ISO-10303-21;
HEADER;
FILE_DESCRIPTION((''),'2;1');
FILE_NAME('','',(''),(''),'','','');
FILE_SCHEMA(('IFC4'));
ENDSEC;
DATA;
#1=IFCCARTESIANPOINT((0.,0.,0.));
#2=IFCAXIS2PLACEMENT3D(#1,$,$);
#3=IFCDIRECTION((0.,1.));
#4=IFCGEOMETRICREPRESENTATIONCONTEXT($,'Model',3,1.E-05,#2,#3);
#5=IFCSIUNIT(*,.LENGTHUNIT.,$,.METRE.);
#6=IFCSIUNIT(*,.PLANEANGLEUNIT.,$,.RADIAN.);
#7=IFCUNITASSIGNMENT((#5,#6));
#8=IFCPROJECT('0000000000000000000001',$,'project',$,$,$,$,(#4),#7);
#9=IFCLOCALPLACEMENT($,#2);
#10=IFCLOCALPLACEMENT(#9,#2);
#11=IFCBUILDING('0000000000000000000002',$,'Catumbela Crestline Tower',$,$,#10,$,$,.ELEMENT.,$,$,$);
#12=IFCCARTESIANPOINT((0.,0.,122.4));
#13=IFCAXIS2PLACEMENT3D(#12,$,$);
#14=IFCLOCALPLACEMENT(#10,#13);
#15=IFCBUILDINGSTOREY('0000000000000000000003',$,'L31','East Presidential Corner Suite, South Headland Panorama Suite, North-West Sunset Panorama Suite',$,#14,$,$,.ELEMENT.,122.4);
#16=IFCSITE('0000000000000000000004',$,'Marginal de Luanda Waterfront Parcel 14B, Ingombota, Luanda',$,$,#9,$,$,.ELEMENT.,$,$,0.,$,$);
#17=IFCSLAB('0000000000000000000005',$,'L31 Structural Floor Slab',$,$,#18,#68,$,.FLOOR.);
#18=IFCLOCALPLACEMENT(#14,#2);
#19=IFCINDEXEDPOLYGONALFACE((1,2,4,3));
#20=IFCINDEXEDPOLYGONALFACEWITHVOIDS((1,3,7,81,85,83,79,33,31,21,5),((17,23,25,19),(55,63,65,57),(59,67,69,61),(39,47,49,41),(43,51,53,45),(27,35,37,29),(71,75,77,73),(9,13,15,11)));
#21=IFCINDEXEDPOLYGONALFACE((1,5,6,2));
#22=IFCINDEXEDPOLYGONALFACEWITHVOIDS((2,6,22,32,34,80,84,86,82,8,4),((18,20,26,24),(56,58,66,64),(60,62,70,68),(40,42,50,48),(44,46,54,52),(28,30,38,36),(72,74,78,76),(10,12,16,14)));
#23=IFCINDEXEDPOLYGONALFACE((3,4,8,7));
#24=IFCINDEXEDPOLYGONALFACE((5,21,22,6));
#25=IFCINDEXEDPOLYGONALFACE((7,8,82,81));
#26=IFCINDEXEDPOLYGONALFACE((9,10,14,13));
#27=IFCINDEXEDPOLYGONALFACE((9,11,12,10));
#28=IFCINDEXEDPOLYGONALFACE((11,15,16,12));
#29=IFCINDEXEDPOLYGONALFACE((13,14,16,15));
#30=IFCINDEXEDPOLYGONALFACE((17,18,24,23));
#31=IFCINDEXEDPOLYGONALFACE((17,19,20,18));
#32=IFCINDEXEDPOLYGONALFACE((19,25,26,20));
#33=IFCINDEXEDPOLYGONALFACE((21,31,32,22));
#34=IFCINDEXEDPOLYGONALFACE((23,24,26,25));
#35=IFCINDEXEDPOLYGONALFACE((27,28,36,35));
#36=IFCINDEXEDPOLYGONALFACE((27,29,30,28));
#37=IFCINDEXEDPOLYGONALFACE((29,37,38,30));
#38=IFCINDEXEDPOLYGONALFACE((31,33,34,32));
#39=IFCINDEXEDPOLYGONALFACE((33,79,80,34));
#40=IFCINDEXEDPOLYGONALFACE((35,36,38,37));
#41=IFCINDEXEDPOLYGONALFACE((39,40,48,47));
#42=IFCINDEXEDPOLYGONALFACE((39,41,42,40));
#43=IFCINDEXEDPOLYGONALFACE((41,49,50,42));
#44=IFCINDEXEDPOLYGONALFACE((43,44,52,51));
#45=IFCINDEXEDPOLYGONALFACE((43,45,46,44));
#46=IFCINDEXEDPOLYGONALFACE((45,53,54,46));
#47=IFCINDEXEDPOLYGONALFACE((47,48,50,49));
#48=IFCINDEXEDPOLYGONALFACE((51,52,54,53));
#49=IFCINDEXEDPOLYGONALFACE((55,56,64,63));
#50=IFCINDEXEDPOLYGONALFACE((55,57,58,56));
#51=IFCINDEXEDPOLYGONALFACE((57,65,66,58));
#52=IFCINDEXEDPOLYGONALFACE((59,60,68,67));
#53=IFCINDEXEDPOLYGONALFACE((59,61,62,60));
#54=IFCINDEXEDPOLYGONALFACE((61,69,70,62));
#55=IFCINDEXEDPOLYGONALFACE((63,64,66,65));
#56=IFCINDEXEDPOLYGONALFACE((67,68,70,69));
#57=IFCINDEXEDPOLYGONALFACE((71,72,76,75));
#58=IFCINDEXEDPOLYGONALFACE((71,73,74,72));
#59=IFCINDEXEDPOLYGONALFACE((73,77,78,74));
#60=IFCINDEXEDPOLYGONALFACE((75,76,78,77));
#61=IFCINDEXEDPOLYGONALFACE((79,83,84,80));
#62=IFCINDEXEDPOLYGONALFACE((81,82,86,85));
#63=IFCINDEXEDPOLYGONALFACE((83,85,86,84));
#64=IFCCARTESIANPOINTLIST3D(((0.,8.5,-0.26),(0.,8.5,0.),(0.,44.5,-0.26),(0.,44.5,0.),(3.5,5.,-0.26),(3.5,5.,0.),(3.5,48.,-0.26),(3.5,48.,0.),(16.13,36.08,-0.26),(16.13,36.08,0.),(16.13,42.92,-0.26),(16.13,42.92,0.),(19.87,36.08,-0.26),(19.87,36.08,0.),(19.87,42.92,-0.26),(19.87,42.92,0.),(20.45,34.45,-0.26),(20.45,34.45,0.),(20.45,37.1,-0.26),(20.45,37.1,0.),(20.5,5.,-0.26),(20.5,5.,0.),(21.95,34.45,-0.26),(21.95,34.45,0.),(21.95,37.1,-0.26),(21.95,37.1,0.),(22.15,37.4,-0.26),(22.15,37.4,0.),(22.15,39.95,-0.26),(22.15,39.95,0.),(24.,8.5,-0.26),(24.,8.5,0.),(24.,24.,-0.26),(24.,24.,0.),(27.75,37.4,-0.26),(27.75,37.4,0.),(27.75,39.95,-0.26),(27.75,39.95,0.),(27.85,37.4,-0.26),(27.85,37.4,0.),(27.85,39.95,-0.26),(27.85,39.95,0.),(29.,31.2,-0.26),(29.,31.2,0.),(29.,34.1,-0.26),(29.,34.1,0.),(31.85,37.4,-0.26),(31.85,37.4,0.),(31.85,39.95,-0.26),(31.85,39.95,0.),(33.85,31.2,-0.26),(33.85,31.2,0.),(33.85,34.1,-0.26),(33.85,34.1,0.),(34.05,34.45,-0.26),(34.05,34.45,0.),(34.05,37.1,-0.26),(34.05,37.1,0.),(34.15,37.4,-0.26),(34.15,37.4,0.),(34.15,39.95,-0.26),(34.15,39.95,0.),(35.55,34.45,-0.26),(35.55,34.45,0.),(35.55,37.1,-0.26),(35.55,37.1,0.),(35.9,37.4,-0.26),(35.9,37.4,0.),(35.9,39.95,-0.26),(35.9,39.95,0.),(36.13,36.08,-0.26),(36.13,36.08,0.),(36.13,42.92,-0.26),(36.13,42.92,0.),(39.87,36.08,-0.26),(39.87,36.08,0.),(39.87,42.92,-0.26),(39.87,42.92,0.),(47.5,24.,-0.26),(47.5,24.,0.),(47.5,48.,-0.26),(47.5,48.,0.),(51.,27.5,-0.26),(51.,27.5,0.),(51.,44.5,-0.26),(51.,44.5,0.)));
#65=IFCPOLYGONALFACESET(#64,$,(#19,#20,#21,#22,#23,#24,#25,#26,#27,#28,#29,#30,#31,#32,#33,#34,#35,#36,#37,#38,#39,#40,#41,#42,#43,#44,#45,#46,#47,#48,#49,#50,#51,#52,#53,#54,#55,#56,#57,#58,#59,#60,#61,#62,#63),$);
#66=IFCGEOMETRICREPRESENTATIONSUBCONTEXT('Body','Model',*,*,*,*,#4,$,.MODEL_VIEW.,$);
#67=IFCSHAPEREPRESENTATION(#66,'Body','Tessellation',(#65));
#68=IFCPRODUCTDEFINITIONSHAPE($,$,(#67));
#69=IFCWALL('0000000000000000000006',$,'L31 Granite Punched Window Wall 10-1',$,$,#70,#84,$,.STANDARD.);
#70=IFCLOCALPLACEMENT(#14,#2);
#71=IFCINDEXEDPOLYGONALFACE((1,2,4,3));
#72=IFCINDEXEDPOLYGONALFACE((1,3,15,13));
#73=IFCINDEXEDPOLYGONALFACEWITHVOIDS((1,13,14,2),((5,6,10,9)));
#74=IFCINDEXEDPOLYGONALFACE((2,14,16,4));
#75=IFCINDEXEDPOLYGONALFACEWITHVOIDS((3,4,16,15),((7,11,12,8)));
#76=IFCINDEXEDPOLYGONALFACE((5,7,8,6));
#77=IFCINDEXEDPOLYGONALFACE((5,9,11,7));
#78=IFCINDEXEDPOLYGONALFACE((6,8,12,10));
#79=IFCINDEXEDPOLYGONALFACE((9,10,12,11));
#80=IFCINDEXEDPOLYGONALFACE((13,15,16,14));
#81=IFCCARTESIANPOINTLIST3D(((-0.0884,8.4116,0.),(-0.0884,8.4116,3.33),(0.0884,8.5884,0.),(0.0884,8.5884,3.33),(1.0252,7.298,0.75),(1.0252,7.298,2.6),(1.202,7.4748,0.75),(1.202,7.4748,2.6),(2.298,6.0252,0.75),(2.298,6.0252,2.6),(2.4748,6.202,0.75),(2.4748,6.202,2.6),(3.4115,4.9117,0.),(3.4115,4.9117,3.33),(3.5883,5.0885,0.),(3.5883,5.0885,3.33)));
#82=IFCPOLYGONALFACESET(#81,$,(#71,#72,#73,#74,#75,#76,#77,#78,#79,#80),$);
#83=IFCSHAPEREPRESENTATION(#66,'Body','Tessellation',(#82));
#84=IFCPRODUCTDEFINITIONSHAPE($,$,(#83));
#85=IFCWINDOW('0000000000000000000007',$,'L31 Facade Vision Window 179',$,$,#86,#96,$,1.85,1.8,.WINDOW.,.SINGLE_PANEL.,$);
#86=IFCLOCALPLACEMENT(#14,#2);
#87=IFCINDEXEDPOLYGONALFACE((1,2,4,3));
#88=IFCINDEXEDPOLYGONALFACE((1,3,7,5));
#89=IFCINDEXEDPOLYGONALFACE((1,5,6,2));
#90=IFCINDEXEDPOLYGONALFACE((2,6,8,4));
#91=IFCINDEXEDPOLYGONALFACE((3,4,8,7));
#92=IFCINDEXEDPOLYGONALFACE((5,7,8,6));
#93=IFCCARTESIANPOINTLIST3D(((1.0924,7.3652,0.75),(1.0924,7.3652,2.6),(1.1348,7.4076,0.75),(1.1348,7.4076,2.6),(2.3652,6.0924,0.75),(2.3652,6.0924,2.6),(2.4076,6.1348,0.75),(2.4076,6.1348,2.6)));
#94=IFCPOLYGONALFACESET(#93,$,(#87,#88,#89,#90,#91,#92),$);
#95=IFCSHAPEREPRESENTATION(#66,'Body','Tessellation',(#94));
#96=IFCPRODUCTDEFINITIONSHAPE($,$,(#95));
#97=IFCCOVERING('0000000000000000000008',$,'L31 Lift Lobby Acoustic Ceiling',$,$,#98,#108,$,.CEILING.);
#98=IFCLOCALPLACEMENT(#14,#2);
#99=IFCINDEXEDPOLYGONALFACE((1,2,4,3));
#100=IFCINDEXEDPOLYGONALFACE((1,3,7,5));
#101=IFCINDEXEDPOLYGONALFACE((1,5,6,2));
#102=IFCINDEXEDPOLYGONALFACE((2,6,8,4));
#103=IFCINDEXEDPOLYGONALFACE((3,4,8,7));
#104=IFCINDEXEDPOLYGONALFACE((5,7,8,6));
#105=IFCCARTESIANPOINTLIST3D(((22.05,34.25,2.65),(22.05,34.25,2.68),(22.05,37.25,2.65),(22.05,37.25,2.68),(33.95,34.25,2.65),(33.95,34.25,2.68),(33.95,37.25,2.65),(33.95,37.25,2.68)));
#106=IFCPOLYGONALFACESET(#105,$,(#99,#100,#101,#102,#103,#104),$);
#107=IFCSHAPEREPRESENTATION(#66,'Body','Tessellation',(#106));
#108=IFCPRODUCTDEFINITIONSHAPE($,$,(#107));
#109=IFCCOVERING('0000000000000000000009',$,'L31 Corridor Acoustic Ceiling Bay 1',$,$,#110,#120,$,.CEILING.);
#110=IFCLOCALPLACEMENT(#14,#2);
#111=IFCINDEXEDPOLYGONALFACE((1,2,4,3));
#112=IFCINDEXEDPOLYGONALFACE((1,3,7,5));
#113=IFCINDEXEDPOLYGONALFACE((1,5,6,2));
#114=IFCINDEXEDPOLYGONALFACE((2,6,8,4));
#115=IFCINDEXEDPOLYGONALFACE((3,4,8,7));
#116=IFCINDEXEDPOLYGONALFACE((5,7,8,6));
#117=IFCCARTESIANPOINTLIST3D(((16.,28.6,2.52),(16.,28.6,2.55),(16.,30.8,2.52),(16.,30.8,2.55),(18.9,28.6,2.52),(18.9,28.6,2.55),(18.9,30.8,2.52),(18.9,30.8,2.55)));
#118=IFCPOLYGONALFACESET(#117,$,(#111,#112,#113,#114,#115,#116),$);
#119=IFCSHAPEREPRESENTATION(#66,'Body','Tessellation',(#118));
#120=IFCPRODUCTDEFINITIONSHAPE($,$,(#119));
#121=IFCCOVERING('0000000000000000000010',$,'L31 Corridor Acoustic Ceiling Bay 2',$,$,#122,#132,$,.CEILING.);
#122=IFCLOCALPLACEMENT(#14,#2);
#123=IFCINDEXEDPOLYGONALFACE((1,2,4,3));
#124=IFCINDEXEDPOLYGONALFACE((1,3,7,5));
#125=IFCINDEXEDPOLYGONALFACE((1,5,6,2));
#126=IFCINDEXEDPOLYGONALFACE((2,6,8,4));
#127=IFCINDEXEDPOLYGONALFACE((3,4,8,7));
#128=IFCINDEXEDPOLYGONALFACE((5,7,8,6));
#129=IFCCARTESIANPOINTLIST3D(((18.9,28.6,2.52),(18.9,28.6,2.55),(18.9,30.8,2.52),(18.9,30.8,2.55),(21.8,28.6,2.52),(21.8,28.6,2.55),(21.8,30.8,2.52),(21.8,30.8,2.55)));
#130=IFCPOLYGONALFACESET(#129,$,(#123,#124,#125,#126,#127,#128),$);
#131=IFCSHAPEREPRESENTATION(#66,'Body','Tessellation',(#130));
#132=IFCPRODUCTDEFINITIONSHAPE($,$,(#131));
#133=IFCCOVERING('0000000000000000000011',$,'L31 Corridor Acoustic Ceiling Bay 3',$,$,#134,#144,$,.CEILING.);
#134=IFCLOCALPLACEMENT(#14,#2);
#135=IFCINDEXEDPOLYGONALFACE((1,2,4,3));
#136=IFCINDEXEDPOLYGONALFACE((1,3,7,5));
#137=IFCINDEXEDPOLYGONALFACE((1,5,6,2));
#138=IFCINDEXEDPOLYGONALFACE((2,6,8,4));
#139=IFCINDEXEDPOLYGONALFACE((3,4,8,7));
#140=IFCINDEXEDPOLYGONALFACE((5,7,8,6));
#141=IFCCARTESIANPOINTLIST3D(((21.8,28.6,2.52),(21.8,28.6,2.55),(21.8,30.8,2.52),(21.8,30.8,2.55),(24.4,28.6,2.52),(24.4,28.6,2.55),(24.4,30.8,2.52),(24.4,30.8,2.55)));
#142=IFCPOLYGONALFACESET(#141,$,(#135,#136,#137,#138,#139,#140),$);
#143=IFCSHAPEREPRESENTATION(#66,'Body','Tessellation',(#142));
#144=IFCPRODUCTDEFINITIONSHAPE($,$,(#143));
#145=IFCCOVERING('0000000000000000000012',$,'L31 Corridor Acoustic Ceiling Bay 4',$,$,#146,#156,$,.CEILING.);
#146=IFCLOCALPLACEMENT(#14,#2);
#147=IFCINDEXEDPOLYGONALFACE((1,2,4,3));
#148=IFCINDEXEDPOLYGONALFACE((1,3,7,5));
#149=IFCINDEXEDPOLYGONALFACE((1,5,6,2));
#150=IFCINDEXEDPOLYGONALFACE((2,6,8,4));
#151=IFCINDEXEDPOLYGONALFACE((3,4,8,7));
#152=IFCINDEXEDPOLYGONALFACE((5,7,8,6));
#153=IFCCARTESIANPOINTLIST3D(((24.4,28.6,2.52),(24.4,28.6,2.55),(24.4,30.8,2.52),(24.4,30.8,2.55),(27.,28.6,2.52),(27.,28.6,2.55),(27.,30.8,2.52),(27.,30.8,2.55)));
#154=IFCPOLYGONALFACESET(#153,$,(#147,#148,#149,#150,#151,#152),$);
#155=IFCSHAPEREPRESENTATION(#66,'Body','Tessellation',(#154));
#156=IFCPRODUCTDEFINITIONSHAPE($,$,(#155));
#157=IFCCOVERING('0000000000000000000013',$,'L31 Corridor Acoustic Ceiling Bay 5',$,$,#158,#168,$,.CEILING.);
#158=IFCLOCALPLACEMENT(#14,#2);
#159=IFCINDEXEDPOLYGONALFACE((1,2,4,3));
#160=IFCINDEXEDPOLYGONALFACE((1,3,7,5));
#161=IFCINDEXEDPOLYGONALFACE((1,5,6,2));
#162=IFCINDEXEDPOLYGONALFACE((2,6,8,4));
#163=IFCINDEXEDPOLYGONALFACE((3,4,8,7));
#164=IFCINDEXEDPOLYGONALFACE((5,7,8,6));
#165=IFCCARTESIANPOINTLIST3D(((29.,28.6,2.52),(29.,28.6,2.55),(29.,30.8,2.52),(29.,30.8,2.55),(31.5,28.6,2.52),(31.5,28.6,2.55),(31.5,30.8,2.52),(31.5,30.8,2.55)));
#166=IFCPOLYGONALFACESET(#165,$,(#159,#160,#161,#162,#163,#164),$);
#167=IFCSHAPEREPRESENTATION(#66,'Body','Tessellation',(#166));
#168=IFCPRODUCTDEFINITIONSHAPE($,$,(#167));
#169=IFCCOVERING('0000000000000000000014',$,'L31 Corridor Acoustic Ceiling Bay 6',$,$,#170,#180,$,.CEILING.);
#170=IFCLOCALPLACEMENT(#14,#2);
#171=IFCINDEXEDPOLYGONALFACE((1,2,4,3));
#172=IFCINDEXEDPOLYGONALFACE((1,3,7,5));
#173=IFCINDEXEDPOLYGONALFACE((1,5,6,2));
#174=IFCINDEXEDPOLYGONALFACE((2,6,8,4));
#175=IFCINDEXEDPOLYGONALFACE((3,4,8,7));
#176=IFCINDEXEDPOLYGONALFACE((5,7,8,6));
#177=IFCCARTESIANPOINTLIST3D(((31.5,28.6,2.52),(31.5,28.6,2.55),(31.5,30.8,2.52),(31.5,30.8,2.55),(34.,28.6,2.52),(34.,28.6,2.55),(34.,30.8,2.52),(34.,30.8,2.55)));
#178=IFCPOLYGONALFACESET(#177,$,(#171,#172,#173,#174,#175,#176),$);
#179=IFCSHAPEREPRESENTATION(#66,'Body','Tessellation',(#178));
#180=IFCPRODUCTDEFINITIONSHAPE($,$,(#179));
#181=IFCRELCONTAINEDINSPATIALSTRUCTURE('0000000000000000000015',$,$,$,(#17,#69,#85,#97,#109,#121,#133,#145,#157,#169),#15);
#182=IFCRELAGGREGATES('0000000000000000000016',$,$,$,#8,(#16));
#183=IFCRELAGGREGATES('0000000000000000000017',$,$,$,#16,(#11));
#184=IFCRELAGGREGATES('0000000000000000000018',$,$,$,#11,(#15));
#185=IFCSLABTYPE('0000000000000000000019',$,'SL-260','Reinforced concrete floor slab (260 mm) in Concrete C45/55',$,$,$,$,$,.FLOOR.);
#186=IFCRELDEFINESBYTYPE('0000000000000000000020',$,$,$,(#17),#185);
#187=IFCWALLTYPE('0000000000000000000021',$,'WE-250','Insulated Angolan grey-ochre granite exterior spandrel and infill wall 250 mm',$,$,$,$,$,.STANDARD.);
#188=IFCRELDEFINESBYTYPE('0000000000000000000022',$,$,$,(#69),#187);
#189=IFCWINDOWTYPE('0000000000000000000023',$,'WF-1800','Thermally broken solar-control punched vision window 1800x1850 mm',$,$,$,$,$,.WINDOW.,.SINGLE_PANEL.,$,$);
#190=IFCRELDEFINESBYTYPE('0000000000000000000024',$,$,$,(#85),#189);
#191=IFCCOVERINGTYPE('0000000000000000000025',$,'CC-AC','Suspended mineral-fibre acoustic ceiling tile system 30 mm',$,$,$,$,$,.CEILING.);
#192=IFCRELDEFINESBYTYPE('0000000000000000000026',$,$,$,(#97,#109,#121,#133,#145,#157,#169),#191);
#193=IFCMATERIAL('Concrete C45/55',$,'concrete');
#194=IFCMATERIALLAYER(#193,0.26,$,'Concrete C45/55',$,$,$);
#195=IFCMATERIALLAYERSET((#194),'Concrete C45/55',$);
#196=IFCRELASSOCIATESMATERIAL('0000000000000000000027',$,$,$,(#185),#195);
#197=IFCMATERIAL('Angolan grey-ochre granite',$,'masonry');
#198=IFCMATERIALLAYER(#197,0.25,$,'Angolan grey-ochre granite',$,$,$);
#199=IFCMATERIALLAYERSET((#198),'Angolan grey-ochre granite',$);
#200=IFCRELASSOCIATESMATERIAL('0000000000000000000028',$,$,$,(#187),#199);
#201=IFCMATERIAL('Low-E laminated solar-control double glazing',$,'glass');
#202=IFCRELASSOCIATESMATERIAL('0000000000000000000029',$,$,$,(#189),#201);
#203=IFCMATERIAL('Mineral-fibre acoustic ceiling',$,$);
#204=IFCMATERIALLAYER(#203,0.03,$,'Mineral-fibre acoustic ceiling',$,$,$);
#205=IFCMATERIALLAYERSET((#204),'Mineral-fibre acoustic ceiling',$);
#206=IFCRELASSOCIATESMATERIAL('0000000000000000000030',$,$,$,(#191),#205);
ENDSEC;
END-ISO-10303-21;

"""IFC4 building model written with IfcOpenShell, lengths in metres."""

from ifc_helpers import new_model, si_unit, direction, frame, frame_2d, origin, place, context, subcontext, project, spatial, polyline, rectangle, outline, extrude, material, layer, layer_set, type_object, element, fill, save


model = new_model("IFC4")

# Units and contexts
model_context = context("Model", 3, precision=1e-05, world=origin(), true_north=direction((0.0, 1.0)))
body_context = subcontext(model_context, "Body", "Model", "MODEL_VIEW")
ifc_project = project(units=[si_unit("LENGTHUNIT", "METRE"), si_unit("PLANEANGLEUNIT", "RADIAN")], contexts=[model_context])

# Site, building, storey
site_placement = place(None, origin())
site = spatial("IfcSite", under=ifc_project, at=site_placement, Name="Marginal de Luanda Waterfront Parcel 14B, Ingombota, Luanda", CompositionType="ELEMENT", RefElevation=0.0)
building_placement = place(site_placement, origin())
building = spatial("IfcBuilding", under=site, at=building_placement, Name="Catumbela Crestline Tower", CompositionType="ELEMENT")
storey_placement = place(building_placement, frame((0.0, 0.0, 122.4)))
storey = spatial("IfcBuildingStorey", under=building, at=storey_placement, Name="L31", Description="East Presidential Corner Suite, South Headland Panorama Suite, North-West Sunset Panorama Suite", CompositionType="ELEMENT", Elevation=122.4)

# Shared definitions
ifc_material_1 = material(Name="Concrete C45/55", Category="concrete")

# Slab
ifc_layer_1 = layer(ifc_material_1, 0.26, Name="Concrete C45/55")
ifc_layer_set_1 = layer_set([ifc_layer_1], Name="Concrete C45/55")
slab_type_1 = type_object("IfcSlabType", Name="SL-260", Description="Reinforced concrete floor slab (260 mm) in Concrete C45/55", PredefinedType="FLOOR", material=ifc_layer_set_1)
slab_1_placement = place(storey_placement, frame((0.0, 0.0, -0.26)))
element("IfcSlab", 1, at=slab_1_placement, inside=storey, type_object=slab_type_1, Name="L31 Structural Floor Slab", PredefinedType="FLOOR", context=body_context, shape_type="SweptSolid", body=[
    extrude(outline(polyline([(3.5, 5.0), (20.5, 5.0), (24.0, 8.5), (24.0, 24.0), (47.5, 24.0), (51.0, 27.5), (51.0, 44.5), (47.5, 48.0), (3.5, 48.0), (0.0, 44.5), (0.0, 8.5), (3.5, 5.0)]), holes=[polyline([(16.13, 36.08), (19.87, 36.08), (19.87, 42.92), (16.13, 42.92), (16.13, 36.08)]), polyline([(36.13, 36.08), (39.87, 36.08), (39.87, 42.92), (36.13, 42.92), (36.13, 36.08)]), polyline([(29.0, 31.2), (33.85, 31.2), (33.85, 34.1), (29.0, 34.1), (29.0, 31.2)]), polyline([(22.15, 37.4), (27.75, 37.4), (27.75, 39.95), (22.15, 39.95), (22.15, 37.4)]), polyline([(27.85, 37.4), (31.85, 37.4), (31.85, 39.95), (27.85, 39.95), (27.85, 37.4)]), polyline([(20.45, 34.45), (21.95, 34.45), (21.95, 37.1), (20.45, 37.1), (20.45, 34.45)]), polyline([(34.05, 34.45), (35.55, 34.45), (35.55, 37.1), (34.05, 37.1), (34.05, 34.45)]), polyline([(34.15, 37.4), (35.9, 37.4), (35.9, 39.95), (34.15, 39.95), (34.15, 37.4)])]), origin(), (0.0, 0.0, 1.0), 0.26),
])

# Wall, opening, window
ifc_material_2 = material(Name="Angolan grey-ochre granite", Category="masonry")
ifc_layer_2 = layer(ifc_material_2, 0.25, Name="Angolan grey-ochre granite")
ifc_layer_set_2 = layer_set([ifc_layer_2], Name="Angolan grey-ochre granite")
wall_type = type_object("IfcWallType", Name="WE-250", Description="Insulated Angolan grey-ochre granite exterior spandrel and infill wall 250 mm", PredefinedType="STANDARD", material=ifc_layer_set_2)
wall_placement = place(storey_placement, frame((0.0, 8.5, 0.0), z_axis=(0.0, 0.0, 1.0), x_axis=(0.707107, -0.707107, 0.0)))
wall = element("IfcWall", 2, at=wall_placement, inside=storey, type_object=wall_type, Name="L31 Granite Punched Window Wall 10-1", PredefinedType="STANDARD", context=body_context, shape_type="SweptSolid", body=[
    extrude(rectangle(XDim=4.9497, YDim=0.25, at=frame_2d((2.4748, 0.0))), origin(), (0.0, 0.0, 1.0), 3.33),
])
opening_placement = place(wall_placement, frame((1.5749, 0.0, 0.75)))
opening = element("IfcOpeningElement", 3, at=opening_placement, cuts=wall, PredefinedType="OPENING", context=body_context, shape_type="SweptSolid", body=[
    extrude(rectangle(XDim=1.8, YDim=1.85, at=frame_2d((0.9, 0.925))), frame((0.0, 0.135, 0.0), z_axis=(0.0, -1.0, 0.0), x_axis=(1.0, 0.0, 0.0)), (0.0, 0.0, 1.0), 0.27),
])
ifc_material_3 = material(Name="Low-E laminated solar-control double glazing", Category="glass")
window_type = type_object("IfcWindowType", Name="WF-1800", Description="Thermally broken solar-control punched vision window 1800x1850 mm", PartitioningType="SINGLE_PANEL", PredefinedType="WINDOW", material=ifc_material_3)
window_placement = place(opening_placement, origin())
window = element("IfcWindow", 4, at=window_placement, inside=storey, type_object=window_type, Name="L31 Facade Vision Window 179", OverallHeight=1.85, OverallWidth=1.8, PartitioningType="SINGLE_PANEL", PredefinedType="WINDOW", context=body_context, shape_type="SweptSolid", body=[
    extrude(rectangle(XDim=1.8, YDim=1.85, at=frame_2d((0.9, 0.925))), frame((0.0, 0.03, 0.0), z_axis=(0.0, -1.0, 0.0), x_axis=(1.0, 0.0, 0.0)), (0.0, 0.0, 1.0), 0.06),
])
fill(opening, window)

# Coverings
ifc_material_4 = material(Name="Mineral-fibre acoustic ceiling")
ifc_layer_3 = layer(ifc_material_4, 0.03, Name="Mineral-fibre acoustic ceiling")
ifc_layer_set_3 = layer_set([ifc_layer_3], Name="Mineral-fibre acoustic ceiling")
covering_type_1 = type_object("IfcCoveringType", Name="CC-AC", Description="Suspended mineral-fibre acoustic ceiling tile system 30 mm", PredefinedType="CEILING", material=ifc_layer_set_3)
covering_1_placement = place(storey_placement, frame((0.0, 0.0, 2.65)))
element("IfcCovering", 5, at=covering_1_placement, inside=storey, type_object=covering_type_1, Name="L31 Lift Lobby Acoustic Ceiling", PredefinedType="CEILING", context=body_context, shape_type="SweptSolid", body=[
    extrude(outline(polyline([(22.05, 34.25), (33.95, 34.25), (33.95, 37.25), (22.05, 37.25), (22.05, 34.25)])), origin(), (0.0, 0.0, 1.0), 0.03),
])
covering_2_placement = place(storey_placement, frame((0.0, 0.0, 2.52)))
element("IfcCovering", 6, at=covering_2_placement, inside=storey, type_object=covering_type_1, Name="L31 Corridor Acoustic Ceiling Bay 1", PredefinedType="CEILING", context=body_context, shape_type="SweptSolid", body=[
    extrude(outline(polyline([(16.0, 28.6), (18.9, 28.6), (18.9, 30.8), (16.0, 30.8), (16.0, 28.6)])), origin(), (0.0, 0.0, 1.0), 0.03),
])
covering_3_placement = place(storey_placement, frame((0.0, 0.0, 2.52)))
element("IfcCovering", 7, at=covering_3_placement, inside=storey, type_object=covering_type_1, Name="L31 Corridor Acoustic Ceiling Bay 2", PredefinedType="CEILING", context=body_context, shape_type="SweptSolid", body=[
    extrude(outline(polyline([(18.9, 28.6), (21.8, 28.6), (21.8, 30.8), (18.9, 30.8), (18.9, 28.6)])), origin(), (0.0, 0.0, 1.0), 0.03),
])
covering_4_placement = place(storey_placement, frame((0.0, 0.0, 2.52)))
element("IfcCovering", 8, at=covering_4_placement, inside=storey, type_object=covering_type_1, Name="L31 Corridor Acoustic Ceiling Bay 3", PredefinedType="CEILING", context=body_context, shape_type="SweptSolid", body=[
    extrude(outline(polyline([(21.8, 28.6), (24.4, 28.6), (24.4, 30.8), (21.8, 30.8), (21.8, 28.6)])), origin(), (0.0, 0.0, 1.0), 0.03),
])
covering_5_placement = place(storey_placement, frame((0.0, 0.0, 2.52)))
element("IfcCovering", 9, at=covering_5_placement, inside=storey, type_object=covering_type_1, Name="L31 Corridor Acoustic Ceiling Bay 4", PredefinedType="CEILING", context=body_context, shape_type="SweptSolid", body=[
    extrude(outline(polyline([(24.4, 28.6), (27.0, 28.6), (27.0, 30.8), (24.4, 30.8), (24.4, 28.6)])), origin(), (0.0, 0.0, 1.0), 0.03),
])
covering_6_placement = place(storey_placement, frame((0.0, 0.0, 2.52)))
element("IfcCovering", 10, at=covering_6_placement, inside=storey, type_object=covering_type_1, Name="L31 Corridor Acoustic Ceiling Bay 5", PredefinedType="CEILING", context=body_context, shape_type="SweptSolid", body=[
    extrude(outline(polyline([(29.0, 28.6), (31.5, 28.6), (31.5, 30.8), (29.0, 30.8), (29.0, 28.6)])), origin(), (0.0, 0.0, 1.0), 0.03),
])
covering_7_placement = place(storey_placement, frame((0.0, 0.0, 2.52)))
element("IfcCovering", 11, at=covering_7_placement, inside=storey, type_object=covering_type_1, Name="L31 Corridor Acoustic Ceiling Bay 6", PredefinedType="CEILING", context=body_context, shape_type="SweptSolid", body=[
    extrude(outline(polyline([(31.5, 28.6), (34.0, 28.6), (34.0, 30.8), (31.5, 30.8), (31.5, 28.6)])), origin(), (0.0, 0.0, 1.0), 0.03),
])

save(model, "model.ifc")
